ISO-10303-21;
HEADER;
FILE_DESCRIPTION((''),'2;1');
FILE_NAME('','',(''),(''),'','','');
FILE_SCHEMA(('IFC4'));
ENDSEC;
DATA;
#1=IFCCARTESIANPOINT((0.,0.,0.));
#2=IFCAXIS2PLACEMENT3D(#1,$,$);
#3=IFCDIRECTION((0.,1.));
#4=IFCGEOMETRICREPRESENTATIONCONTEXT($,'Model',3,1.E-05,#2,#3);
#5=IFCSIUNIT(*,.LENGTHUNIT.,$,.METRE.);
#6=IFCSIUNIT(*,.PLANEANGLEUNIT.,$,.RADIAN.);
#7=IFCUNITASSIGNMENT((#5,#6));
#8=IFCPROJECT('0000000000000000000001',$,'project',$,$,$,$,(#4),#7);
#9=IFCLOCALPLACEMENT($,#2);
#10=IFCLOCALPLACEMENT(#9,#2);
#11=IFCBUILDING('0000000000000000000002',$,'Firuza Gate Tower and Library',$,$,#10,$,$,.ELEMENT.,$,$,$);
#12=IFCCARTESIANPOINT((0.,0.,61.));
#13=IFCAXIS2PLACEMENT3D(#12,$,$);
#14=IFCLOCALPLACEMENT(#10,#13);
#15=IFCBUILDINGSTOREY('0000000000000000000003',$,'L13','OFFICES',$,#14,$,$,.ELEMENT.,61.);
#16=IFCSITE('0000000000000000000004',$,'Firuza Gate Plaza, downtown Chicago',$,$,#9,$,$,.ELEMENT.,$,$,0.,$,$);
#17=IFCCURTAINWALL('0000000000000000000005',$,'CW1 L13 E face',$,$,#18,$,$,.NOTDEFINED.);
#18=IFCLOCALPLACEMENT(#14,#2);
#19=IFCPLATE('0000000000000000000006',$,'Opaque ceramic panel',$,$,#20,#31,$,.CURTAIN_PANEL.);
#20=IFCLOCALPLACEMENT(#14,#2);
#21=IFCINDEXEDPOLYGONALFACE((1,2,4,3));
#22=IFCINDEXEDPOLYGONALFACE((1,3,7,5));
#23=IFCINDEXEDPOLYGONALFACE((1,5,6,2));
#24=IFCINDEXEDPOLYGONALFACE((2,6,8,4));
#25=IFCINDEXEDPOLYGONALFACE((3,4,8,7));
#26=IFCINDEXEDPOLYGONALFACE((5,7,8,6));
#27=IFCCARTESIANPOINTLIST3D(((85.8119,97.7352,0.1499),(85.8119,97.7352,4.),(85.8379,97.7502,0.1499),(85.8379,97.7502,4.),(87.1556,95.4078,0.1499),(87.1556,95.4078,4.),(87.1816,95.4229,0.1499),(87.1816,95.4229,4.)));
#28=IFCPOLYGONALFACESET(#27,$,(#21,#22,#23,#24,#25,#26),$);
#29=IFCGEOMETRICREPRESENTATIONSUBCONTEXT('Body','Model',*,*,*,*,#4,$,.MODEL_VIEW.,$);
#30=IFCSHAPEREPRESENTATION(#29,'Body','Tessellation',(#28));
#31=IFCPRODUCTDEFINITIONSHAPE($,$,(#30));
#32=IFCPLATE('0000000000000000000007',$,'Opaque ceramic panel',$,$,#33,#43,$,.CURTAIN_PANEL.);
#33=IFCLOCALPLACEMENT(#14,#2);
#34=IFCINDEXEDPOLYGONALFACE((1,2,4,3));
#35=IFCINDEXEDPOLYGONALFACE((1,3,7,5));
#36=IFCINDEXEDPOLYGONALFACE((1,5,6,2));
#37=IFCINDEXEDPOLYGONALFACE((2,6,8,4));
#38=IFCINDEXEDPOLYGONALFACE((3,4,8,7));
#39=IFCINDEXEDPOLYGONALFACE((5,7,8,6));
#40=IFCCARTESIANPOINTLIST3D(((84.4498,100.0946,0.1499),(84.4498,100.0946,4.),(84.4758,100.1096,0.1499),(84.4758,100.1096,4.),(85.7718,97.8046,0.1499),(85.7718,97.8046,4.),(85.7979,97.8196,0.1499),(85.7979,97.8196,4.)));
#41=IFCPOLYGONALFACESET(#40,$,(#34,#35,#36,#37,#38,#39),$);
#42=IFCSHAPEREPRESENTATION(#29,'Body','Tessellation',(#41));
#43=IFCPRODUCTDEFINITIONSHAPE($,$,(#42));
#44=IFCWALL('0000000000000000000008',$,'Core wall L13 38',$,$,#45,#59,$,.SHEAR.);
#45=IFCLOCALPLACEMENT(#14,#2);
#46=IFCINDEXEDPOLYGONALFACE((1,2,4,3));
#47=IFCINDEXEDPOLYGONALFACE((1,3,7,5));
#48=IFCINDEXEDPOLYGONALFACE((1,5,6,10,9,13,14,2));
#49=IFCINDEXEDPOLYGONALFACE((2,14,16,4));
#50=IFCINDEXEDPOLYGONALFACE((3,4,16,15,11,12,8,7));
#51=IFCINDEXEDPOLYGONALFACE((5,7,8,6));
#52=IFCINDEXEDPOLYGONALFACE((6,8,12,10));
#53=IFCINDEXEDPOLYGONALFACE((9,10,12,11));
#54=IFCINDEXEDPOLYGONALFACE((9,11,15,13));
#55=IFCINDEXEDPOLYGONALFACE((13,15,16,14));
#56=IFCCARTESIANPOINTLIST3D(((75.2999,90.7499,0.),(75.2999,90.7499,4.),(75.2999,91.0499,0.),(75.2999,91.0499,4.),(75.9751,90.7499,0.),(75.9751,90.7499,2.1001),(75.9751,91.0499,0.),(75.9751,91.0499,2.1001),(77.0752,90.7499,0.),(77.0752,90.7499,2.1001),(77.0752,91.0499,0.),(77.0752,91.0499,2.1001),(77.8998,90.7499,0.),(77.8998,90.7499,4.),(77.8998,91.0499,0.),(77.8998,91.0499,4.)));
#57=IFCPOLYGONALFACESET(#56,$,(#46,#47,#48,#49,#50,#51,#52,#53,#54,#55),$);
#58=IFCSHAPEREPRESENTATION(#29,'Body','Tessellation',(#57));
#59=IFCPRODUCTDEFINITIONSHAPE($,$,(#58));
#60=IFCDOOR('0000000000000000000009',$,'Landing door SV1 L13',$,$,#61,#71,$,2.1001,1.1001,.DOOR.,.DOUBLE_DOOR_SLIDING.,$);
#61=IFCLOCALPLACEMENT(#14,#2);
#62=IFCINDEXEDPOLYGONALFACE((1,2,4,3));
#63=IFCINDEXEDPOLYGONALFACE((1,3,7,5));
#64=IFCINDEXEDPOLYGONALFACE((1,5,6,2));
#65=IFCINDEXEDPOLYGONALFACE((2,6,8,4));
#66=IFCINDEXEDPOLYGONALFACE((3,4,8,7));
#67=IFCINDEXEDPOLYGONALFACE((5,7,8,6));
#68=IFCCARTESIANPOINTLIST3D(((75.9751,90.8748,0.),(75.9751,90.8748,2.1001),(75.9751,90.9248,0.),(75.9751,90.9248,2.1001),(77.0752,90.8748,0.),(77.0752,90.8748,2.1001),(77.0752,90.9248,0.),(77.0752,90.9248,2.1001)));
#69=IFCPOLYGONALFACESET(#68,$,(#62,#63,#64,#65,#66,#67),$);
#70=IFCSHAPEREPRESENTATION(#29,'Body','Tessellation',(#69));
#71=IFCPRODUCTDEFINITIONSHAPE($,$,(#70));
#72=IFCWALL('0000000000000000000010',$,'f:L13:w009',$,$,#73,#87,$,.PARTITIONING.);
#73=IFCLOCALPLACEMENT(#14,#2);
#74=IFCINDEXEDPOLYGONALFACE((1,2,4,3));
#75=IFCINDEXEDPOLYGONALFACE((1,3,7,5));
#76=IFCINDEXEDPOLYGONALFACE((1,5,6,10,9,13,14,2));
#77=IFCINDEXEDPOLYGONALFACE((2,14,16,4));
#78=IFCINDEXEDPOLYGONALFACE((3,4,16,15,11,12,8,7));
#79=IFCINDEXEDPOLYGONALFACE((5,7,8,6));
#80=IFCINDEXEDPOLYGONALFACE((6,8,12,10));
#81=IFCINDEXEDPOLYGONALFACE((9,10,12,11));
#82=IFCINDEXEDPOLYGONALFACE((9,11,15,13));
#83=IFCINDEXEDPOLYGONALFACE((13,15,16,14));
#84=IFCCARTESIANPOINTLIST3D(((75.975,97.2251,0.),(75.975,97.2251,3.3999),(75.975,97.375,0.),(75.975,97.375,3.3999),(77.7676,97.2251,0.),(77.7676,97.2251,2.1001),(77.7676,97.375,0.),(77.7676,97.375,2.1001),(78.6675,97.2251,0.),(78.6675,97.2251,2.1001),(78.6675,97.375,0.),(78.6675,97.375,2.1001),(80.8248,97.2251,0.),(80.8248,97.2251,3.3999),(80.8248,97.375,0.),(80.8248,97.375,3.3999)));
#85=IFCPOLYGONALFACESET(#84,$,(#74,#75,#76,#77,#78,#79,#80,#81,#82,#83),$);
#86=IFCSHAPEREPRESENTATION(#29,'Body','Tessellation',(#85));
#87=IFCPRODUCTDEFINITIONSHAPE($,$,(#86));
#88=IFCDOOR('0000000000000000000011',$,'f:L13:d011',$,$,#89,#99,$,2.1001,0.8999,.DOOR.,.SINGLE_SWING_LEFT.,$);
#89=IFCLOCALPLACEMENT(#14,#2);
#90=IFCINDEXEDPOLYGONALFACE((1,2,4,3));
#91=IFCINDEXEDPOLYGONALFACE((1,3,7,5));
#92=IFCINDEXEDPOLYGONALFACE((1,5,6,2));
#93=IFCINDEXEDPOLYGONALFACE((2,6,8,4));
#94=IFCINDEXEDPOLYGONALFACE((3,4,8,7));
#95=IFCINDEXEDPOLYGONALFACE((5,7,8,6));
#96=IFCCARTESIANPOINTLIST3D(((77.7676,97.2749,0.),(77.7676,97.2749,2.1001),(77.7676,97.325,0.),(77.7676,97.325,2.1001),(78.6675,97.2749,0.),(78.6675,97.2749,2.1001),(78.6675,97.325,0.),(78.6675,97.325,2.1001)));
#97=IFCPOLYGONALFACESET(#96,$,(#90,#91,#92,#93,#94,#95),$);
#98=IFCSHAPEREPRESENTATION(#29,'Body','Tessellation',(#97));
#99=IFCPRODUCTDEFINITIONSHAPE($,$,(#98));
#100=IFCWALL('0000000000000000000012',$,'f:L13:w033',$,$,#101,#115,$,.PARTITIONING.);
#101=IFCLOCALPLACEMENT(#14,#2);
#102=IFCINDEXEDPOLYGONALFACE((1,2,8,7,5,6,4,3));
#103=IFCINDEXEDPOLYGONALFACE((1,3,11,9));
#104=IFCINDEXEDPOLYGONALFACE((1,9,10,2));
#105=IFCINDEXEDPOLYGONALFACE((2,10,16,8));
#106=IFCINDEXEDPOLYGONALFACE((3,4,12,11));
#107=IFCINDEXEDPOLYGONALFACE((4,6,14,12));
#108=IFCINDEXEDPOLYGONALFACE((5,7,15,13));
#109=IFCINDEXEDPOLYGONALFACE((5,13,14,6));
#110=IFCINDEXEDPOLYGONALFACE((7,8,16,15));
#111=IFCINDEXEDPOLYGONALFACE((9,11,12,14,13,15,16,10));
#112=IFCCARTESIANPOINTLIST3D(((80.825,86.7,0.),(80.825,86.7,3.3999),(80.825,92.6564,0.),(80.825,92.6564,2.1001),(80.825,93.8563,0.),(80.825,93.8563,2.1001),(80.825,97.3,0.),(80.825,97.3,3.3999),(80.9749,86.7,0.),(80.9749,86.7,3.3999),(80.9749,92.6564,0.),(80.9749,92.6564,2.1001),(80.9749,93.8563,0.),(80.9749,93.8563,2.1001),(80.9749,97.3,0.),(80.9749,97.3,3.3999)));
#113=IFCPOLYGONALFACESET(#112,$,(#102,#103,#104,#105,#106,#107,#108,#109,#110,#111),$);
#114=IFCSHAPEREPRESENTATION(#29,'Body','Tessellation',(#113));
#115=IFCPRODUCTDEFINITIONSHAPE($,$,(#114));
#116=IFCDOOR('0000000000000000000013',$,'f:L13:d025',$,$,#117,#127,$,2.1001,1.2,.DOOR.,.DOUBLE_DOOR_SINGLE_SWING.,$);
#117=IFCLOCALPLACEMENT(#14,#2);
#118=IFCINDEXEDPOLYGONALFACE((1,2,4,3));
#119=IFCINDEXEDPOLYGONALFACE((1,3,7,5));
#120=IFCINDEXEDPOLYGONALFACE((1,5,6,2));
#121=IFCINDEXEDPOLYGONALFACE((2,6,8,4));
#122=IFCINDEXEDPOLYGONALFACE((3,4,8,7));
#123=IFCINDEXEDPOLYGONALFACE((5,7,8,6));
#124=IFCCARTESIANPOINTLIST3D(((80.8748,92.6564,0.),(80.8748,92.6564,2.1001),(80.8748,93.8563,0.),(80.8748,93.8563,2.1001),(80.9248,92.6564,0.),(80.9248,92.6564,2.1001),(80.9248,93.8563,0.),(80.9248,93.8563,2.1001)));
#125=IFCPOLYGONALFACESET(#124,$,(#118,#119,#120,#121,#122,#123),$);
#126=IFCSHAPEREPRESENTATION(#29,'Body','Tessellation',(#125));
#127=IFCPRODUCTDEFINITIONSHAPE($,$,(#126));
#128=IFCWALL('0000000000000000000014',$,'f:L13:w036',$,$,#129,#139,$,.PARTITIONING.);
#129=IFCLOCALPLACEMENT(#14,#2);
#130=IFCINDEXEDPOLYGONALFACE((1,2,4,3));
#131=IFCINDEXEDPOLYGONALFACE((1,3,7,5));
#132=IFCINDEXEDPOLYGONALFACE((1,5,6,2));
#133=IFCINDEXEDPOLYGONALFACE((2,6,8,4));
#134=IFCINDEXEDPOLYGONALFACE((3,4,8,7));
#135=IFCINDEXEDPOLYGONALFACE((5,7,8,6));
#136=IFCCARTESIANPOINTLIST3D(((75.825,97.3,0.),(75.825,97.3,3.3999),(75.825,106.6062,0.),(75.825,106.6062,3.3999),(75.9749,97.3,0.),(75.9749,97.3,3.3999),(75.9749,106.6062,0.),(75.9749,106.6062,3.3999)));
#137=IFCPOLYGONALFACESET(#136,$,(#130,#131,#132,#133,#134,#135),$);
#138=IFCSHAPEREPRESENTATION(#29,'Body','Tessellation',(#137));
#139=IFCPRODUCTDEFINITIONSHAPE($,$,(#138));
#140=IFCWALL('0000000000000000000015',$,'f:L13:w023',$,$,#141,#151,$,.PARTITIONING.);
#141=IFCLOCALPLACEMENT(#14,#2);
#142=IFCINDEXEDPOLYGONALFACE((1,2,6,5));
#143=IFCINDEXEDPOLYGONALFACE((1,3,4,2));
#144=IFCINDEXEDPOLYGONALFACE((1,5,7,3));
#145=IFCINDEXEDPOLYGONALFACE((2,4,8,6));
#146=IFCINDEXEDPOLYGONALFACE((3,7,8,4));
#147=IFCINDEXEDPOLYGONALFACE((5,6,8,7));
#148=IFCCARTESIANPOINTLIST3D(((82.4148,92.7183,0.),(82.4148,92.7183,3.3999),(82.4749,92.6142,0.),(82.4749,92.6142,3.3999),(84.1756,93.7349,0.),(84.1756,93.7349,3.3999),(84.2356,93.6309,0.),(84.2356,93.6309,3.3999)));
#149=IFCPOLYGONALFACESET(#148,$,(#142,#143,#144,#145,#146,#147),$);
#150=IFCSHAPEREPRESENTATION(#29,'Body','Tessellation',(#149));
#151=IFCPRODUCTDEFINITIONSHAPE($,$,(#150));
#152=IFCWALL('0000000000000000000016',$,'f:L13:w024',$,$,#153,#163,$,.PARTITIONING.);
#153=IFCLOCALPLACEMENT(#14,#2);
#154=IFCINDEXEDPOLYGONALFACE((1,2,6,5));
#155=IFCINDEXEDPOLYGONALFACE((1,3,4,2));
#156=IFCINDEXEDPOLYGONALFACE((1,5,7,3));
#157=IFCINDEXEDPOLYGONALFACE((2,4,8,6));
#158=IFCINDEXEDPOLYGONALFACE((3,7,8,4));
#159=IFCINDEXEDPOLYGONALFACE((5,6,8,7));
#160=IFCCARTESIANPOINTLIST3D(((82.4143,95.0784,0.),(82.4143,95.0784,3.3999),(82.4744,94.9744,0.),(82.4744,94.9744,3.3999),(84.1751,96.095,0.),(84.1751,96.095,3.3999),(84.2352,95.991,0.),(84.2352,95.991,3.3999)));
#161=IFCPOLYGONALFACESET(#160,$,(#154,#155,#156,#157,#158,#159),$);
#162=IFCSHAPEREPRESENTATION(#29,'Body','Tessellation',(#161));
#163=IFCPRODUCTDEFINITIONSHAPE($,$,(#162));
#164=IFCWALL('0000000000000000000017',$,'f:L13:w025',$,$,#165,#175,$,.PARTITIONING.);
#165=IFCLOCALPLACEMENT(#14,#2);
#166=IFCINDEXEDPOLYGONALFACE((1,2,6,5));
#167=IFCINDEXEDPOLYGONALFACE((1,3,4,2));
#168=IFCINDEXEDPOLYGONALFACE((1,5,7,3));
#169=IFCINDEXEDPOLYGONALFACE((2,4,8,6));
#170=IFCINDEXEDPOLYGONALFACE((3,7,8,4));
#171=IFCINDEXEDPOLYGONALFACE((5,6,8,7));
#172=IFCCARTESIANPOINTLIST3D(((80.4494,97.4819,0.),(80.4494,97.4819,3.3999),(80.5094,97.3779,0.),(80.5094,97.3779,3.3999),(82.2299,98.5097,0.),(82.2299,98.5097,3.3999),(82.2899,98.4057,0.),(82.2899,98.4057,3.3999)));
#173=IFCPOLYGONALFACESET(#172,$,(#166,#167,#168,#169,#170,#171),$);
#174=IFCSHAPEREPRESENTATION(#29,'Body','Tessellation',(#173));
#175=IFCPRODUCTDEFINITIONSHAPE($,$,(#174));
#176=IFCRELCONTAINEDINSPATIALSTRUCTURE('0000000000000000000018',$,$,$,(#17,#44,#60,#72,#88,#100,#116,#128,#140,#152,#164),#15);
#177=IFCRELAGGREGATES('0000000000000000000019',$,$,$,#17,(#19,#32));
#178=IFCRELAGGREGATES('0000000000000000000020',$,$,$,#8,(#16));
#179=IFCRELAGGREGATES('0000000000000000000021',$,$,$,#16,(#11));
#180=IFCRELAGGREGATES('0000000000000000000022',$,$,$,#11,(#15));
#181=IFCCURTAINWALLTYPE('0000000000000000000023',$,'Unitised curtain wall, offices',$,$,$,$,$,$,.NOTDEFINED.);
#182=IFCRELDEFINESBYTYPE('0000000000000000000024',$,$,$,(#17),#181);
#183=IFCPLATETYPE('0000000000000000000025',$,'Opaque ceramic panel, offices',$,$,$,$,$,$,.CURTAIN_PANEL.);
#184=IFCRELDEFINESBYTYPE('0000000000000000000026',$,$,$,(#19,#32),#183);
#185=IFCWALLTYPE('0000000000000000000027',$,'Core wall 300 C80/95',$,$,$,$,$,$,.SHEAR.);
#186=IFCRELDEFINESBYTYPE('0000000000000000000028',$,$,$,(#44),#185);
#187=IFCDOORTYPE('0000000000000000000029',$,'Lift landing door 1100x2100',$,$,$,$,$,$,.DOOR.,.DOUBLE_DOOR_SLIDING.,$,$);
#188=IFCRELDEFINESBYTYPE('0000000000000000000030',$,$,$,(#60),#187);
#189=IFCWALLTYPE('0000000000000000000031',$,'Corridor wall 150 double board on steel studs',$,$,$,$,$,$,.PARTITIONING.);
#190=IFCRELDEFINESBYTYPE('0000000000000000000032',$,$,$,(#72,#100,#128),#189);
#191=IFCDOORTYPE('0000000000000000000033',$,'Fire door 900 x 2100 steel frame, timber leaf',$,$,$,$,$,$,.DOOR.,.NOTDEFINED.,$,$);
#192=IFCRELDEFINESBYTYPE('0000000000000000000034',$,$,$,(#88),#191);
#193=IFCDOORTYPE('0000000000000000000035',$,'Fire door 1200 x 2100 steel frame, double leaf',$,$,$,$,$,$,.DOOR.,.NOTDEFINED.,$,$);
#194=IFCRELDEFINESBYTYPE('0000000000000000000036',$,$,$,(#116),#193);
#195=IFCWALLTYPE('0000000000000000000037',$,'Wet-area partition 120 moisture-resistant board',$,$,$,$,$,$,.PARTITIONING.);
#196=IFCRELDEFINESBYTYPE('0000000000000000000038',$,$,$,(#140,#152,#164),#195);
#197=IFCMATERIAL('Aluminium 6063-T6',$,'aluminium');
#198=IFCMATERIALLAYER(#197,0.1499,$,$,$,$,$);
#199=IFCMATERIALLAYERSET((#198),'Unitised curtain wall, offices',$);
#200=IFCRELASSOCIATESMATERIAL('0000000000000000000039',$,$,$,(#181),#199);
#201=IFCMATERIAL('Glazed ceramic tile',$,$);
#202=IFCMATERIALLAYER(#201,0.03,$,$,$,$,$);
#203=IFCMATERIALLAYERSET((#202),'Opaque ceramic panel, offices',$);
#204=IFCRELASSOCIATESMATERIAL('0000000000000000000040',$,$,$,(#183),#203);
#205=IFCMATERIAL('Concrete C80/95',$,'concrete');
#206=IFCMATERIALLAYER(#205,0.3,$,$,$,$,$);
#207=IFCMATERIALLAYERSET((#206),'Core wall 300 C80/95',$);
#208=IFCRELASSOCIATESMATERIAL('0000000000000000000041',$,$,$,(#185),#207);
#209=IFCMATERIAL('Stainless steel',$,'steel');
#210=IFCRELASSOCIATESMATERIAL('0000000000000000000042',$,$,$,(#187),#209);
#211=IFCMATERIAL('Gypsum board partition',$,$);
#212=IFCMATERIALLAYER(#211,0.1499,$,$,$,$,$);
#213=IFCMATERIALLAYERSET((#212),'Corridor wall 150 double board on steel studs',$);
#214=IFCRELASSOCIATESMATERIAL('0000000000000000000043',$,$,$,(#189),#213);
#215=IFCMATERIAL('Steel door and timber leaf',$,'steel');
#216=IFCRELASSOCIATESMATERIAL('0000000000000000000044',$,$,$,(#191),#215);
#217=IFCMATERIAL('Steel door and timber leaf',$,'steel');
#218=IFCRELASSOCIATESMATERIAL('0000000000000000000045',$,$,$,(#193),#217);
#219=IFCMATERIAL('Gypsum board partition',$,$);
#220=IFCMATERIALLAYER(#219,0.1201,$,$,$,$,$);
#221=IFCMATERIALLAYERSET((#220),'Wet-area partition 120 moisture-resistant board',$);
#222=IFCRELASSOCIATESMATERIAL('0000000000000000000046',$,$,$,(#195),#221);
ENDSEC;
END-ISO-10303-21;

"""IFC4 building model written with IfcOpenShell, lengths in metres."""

from ifc_helpers import new_model, si_unit, direction, frame, frame_2d, origin, place, context, subcontext, project, spatial, polyline, rectangle, outline, extrude, material, layer, layer_set, type_object, element, fill, aggregate, save


model = new_model("IFC4")

# Units and contexts
model_context = context("Model", 3, precision=1e-05, world=origin(), true_north=direction((0.0, 1.0)))
body_context = subcontext(model_context, "Body", "Model", "MODEL_VIEW")
ifc_project = project(units=[si_unit("LENGTHUNIT", "METRE"), si_unit("PLANEANGLEUNIT", "RADIAN")], contexts=[model_context])

# Site, building, storey
site_placement = place(None, origin())
site = spatial("IfcSite", under=ifc_project, at=site_placement, Name="Firuza Gate Plaza, downtown Chicago", CompositionType="ELEMENT", RefElevation=0.0)
building_placement = place(site_placement, origin())
building = spatial("IfcBuilding", under=site, at=building_placement, Name="Firuza Gate Tower and Library", CompositionType="ELEMENT")
storey_placement = place(building_placement, frame((0.0, 0.0, 61.0)))
storey = spatial("IfcBuildingStorey", under=building, at=storey_placement, Name="L13", Description="OFFICES", CompositionType="ELEMENT", Elevation=61.0)

# Curtain wall
ifc_material_1 = material(Name="Aluminium 6063-T6", Category="aluminium")
ifc_layer_1 = layer(ifc_material_1, 0.1499)
ifc_layer_set_1 = layer_set([ifc_layer_1], Name="Unitised curtain wall, offices")
curtain_wall_type = type_object("IfcCurtainWallType", Name="Unitised curtain wall, offices", PredefinedType="NOTDEFINED", material=ifc_layer_set_1)
curtain_wall_placement = place(storey_placement, origin())
curtain_wall = element("IfcCurtainWall", 1, at=curtain_wall_placement, inside=storey, type_object=curtain_wall_type, Name="CW1 L13 E face", PredefinedType="NOTDEFINED")

# Plates
ifc_material_2 = material(Name="Glazed ceramic tile")
ifc_layer_2 = layer(ifc_material_2, 0.03)
ifc_layer_set_2 = layer_set([ifc_layer_2], Name="Opaque ceramic panel, offices")
plate_type_1 = type_object("IfcPlateType", Name="Opaque ceramic panel, offices", PredefinedType="CURTAIN_PANEL", material=ifc_layer_set_2)
plate_1_placement = place(storey_placement, frame((87.1816, 95.4229, 0.1499), z_axis=(0.866021, 0.500008, 0.0), x_axis=(-0.500008, 0.866021, 0.0)))
plate_1 = element("IfcPlate", 2, at=plate_1_placement, type_object=plate_type_1, Name="Opaque ceramic panel", PredefinedType="CURTAIN_PANEL", context=body_context, shape_type="SweptSolid", body=[
    extrude(outline(polyline([(0.0, 0.0), (2.6875, 0.0), (2.6875, 3.8501), (0.0, 3.8501), (0.0, 0.0)])), origin(), (0.0, 0.0, -1.0), 0.03),
])
plate_2_placement = place(storey_placement, frame((85.7979, 97.8196, 0.1499), z_axis=(0.866047, 0.499962, 0.0), x_axis=(-0.499962, 0.866047, 0.0)))
plate_2 = element("IfcPlate", 3, at=plate_2_placement, type_object=plate_type_1, Name="Opaque ceramic panel", PredefinedType="CURTAIN_PANEL", context=body_context, shape_type="SweptSolid", body=[
    extrude(outline(polyline([(0.0, 0.0), (2.6442, 0.0), (2.6442, 3.8501), (0.0, 3.8501), (0.0, 0.0)])), origin(), (0.0, 0.0, -1.0), 0.03),
])
aggregate(curtain_wall, [plate_1, plate_2])

# Walls, openings, doors
ifc_material_3 = material(Name="Concrete C80/95", Category="concrete")
ifc_layer_3 = layer(ifc_material_3, 0.3)
ifc_layer_set_3 = layer_set([ifc_layer_3], Name="Core wall 300 C80/95")
wall_type_1 = type_object("IfcWallType", Name="Core wall 300 C80/95", PredefinedType="SHEAR", material=ifc_layer_set_3)
wall_1_placement = place(storey_placement, frame((75.3, 90.8999, 0.0), z_axis=(0.0, 0.0, 1.0), x_axis=(1.0, 0.0, 0.0)))
wall_1 = element("IfcWall", 4, at=wall_1_placement, inside=storey, type_object=wall_type_1, Name="Core wall L13 38", PredefinedType="SHEAR", context=body_context, shape_type="SweptSolid", body=[
    extrude(rectangle(XDim=2.5999, YDim=0.3, at=frame_2d((1.2998, 0.0))), origin(), (0.0, 0.0, 1.0), 4.0),
])
opening_1_placement = place(wall_1_placement, frame((0.675, 0.0, 0.0)))
opening_1 = element("IfcOpeningElement", 5, at=opening_1_placement, cuts=wall_1, PredefinedType="OPENING", context=body_context, shape_type="SweptSolid", body=[
    extrude(rectangle(XDim=1.1001, YDim=2.1001, at=frame_2d((0.55, 1.05))), frame((0.0, 0.1602, 0.0), z_axis=(0.0, -1.0, 0.0), x_axis=(1.0, 0.0, 0.0)), (0.0, 0.0, 1.0), 0.3201),
])
ifc_material_4 = material(Name="Stainless steel", Category="steel")
door_type_1 = type_object("IfcDoorType", Name="Lift landing door 1100x2100", OperationType="DOUBLE_DOOR_SLIDING", PredefinedType="DOOR", material=ifc_material_4)
door_1_placement = place(opening_1_placement, origin())
door_1 = element("IfcDoor", 6, at=door_1_placement, inside=storey, type_object=door_type_1, Name="Landing door SV1 L13", OperationType="DOUBLE_DOOR_SLIDING", OverallHeight=2.1001, OverallWidth=1.1001, PredefinedType="DOOR", context=body_context, shape_type="SweptSolid", body=[
    extrude(rectangle(XDim=1.1001, YDim=2.1001, at=frame_2d((0.55, 1.05))), frame((0.0, 0.0249, 0.0), z_axis=(0.0, -1.0, 0.0), x_axis=(1.0, 0.0, 0.0)), (0.0, 0.0, 1.0), 0.05),
])
fill(opening_1, door_1)
ifc_material_5 = material(Name="Gypsum board partition")
ifc_layer_4 = layer(ifc_material_5, 0.1499)
ifc_layer_set_4 = layer_set([ifc_layer_4], Name="Corridor wall 150 double board on steel studs")
wall_type_2 = type_object("IfcWallType", Name="Corridor wall 150 double board on steel studs", PredefinedType="PARTITIONING", material=ifc_layer_set_4)
wall_2_placement = place(storey_placement, frame((75.9751, 97.3, 0.0), z_axis=(0.0, 0.0, 1.0), x_axis=(1.0, 0.0, 0.0)))
wall_2 = element("IfcWall", 7, at=wall_2_placement, inside=storey, type_object=wall_type_2, Name="f:L13:w009", PredefinedType="PARTITIONING", context=body_context, shape_type="SweptSolid", body=[
    extrude(rectangle(XDim=4.8499, YDim=0.1499, at=frame_2d((2.4248, 0.0))), origin(), (0.0, 0.0, 1.0), 3.3999),
])
opening_2_placement = place(wall_2_placement, frame((1.7925, 0.0, 0.0)))
opening_2 = element("IfcOpeningElement", 8, at=opening_2_placement, cuts=wall_2, PredefinedType="OPENING", context=body_context, shape_type="SweptSolid", body=[
    extrude(rectangle(XDim=0.8999, YDim=2.1001, at=frame_2d((0.45, 1.05))), frame((0.0, 0.085, 0.0), z_axis=(0.0, -1.0, 0.0), x_axis=(1.0, 0.0, 0.0)), (0.0, 0.0, 1.0), 0.1699),
])
ifc_material_6 = material(Name="Steel door and timber leaf", Category="steel")
door_type_2 = type_object("IfcDoorType", Name="Fire door 900 x 2100 steel frame, timber leaf", OperationType="NOTDEFINED", PredefinedType="DOOR", material=ifc_material_6)
door_2_placement = place(opening_2_placement, origin())
door_2 = element("IfcDoor", 9, at=door_2_placement, inside=storey, type_object=door_type_2, Name="f:L13:d011", OperationType="SINGLE_SWING_LEFT", OverallHeight=2.1001, OverallWidth=0.8999, PredefinedType="DOOR", context=body_context, shape_type="SweptSolid", body=[
    extrude(rectangle(XDim=0.8999, YDim=2.1001, at=frame_2d((0.45, 1.05))), frame((0.0, 0.0249, 0.0), z_axis=(0.0, -1.0, 0.0), x_axis=(1.0, 0.0, 0.0)), (0.0, 0.0, 1.0), 0.05),
])
fill(opening_2, door_2)
wall_3_placement = place(storey_placement, frame((80.8999, 97.3, 0.0), z_axis=(0.0, 0.0, 1.0), x_axis=(0.0, -1.0, 0.0)))
wall_3 = element("IfcWall", 10, at=wall_3_placement, inside=storey, type_object=wall_type_2, Name="f:L13:w033", PredefinedType="PARTITIONING", context=body_context, shape_type="SweptSolid", body=[
    extrude(rectangle(XDim=10.6001, YDim=0.1499, at=frame_2d((5.3, 0.0))), origin(), (0.0, 0.0, 1.0), 3.3999),
])
opening_3_placement = place(wall_3_placement, frame((3.4436, 0.0, 0.0)))
opening_3 = element("IfcOpeningElement", 11, at=opening_3_placement, cuts=wall_3, PredefinedType="OPENING", context=body_context, shape_type="SweptSolid", body=[
    extrude(rectangle(XDim=1.2, YDim=2.1001, at=frame_2d((0.6001, 1.05))), frame((0.0, 0.085, 0.0), z_axis=(0.0, -1.0, 0.0), x_axis=(1.0, 0.0, 0.0)), (0.0, 0.0, 1.0), 0.1699),
])
ifc_material_7 = material(Name="Steel door and timber leaf", Category="steel")
door_type_3 = type_object("IfcDoorType", Name="Fire door 1200 x 2100 steel frame, double leaf", OperationType="NOTDEFINED", PredefinedType="DOOR", material=ifc_material_7)
door_3_placement = place(opening_3_placement, origin())
door_3 = element("IfcDoor", 12, at=door_3_placement, inside=storey, type_object=door_type_3, Name="f:L13:d025", OperationType="DOUBLE_DOOR_SINGLE_SWING", OverallHeight=2.1001, OverallWidth=1.2, PredefinedType="DOOR", context=body_context, shape_type="SweptSolid", body=[
    extrude(rectangle(XDim=1.2, YDim=2.1001, at=frame_2d((0.6001, 1.05))), frame((0.0, 0.0249, 0.0), z_axis=(0.0, -1.0, 0.0), x_axis=(1.0, 0.0, 0.0)), (0.0, 0.0, 1.0), 0.05),
])
fill(opening_3, door_3)

# Walls
wall_4_placement = place(storey_placement, frame((75.8999, 97.3, 0.0), z_axis=(0.0, 0.0, 1.0), x_axis=(0.0, 1.0, 0.0)))
element("IfcWall", 13, at=wall_4_placement, inside=storey, type_object=wall_type_2, Name="f:L13:w036", PredefinedType="PARTITIONING", context=body_context, shape_type="SweptSolid", body=[
    extrude(rectangle(XDim=9.3062, YDim=0.1499, at=frame_2d((4.6531, 0.0))), origin(), (0.0, 0.0, 1.0), 3.3999),
])
ifc_material_8 = material(Name="Gypsum board partition")
ifc_layer_5 = layer(ifc_material_8, 0.1201)
ifc_layer_set_5 = layer_set([ifc_layer_5], Name="Wet-area partition 120 moisture-resistant board")
wall_type_3 = type_object("IfcWallType", Name="Wet-area partition 120 moisture-resistant board", PredefinedType="PARTITIONING", material=ifc_layer_set_5)
for number, where, z_axis, x_axis, name in (
    (14, (82.4448, 92.6663, 0.0), (0.0, 0.0, 1.0), (0.866018, 0.500013, 0.0), "f:L13:w023"),
    (15, (82.4443, 95.0264, 0.0), (0.0, 0.0, 1.0), (0.866018, 0.500013, 0.0), "f:L13:w024"),
):
    element("IfcWall", number, at=place(storey_placement, frame(where, z_axis=z_axis, x_axis=x_axis)), inside=storey, type_object=wall_type_3, Name=name, PredefinedType="PARTITIONING", context=body_context, shape_type="SweptSolid", body=[
        extrude(rectangle(XDim=2.0332, YDim=0.1201, at=frame_2d((1.0166, 0.0))), origin(), (0.0, 0.0, 1.0), 3.3999),
    ])
wall_5_placement = place(storey_placement, frame((80.4795, 97.4299, 0.0), z_axis=(0.0, 0.0, 1.0), x_axis=(0.866057, 0.499945, 0.0)))
element("IfcWall", 16, at=wall_5_placement, inside=storey, type_object=wall_type_3, Name="f:L13:w025", PredefinedType="PARTITIONING", context=body_context, shape_type="SweptSolid", body=[
    extrude(rectangle(XDim=2.0559, YDim=0.1201, at=frame_2d((1.0278, 0.0))), origin(), (0.0, 0.0, 1.0), 3.3999),
])

save(model, "model.ifc")
